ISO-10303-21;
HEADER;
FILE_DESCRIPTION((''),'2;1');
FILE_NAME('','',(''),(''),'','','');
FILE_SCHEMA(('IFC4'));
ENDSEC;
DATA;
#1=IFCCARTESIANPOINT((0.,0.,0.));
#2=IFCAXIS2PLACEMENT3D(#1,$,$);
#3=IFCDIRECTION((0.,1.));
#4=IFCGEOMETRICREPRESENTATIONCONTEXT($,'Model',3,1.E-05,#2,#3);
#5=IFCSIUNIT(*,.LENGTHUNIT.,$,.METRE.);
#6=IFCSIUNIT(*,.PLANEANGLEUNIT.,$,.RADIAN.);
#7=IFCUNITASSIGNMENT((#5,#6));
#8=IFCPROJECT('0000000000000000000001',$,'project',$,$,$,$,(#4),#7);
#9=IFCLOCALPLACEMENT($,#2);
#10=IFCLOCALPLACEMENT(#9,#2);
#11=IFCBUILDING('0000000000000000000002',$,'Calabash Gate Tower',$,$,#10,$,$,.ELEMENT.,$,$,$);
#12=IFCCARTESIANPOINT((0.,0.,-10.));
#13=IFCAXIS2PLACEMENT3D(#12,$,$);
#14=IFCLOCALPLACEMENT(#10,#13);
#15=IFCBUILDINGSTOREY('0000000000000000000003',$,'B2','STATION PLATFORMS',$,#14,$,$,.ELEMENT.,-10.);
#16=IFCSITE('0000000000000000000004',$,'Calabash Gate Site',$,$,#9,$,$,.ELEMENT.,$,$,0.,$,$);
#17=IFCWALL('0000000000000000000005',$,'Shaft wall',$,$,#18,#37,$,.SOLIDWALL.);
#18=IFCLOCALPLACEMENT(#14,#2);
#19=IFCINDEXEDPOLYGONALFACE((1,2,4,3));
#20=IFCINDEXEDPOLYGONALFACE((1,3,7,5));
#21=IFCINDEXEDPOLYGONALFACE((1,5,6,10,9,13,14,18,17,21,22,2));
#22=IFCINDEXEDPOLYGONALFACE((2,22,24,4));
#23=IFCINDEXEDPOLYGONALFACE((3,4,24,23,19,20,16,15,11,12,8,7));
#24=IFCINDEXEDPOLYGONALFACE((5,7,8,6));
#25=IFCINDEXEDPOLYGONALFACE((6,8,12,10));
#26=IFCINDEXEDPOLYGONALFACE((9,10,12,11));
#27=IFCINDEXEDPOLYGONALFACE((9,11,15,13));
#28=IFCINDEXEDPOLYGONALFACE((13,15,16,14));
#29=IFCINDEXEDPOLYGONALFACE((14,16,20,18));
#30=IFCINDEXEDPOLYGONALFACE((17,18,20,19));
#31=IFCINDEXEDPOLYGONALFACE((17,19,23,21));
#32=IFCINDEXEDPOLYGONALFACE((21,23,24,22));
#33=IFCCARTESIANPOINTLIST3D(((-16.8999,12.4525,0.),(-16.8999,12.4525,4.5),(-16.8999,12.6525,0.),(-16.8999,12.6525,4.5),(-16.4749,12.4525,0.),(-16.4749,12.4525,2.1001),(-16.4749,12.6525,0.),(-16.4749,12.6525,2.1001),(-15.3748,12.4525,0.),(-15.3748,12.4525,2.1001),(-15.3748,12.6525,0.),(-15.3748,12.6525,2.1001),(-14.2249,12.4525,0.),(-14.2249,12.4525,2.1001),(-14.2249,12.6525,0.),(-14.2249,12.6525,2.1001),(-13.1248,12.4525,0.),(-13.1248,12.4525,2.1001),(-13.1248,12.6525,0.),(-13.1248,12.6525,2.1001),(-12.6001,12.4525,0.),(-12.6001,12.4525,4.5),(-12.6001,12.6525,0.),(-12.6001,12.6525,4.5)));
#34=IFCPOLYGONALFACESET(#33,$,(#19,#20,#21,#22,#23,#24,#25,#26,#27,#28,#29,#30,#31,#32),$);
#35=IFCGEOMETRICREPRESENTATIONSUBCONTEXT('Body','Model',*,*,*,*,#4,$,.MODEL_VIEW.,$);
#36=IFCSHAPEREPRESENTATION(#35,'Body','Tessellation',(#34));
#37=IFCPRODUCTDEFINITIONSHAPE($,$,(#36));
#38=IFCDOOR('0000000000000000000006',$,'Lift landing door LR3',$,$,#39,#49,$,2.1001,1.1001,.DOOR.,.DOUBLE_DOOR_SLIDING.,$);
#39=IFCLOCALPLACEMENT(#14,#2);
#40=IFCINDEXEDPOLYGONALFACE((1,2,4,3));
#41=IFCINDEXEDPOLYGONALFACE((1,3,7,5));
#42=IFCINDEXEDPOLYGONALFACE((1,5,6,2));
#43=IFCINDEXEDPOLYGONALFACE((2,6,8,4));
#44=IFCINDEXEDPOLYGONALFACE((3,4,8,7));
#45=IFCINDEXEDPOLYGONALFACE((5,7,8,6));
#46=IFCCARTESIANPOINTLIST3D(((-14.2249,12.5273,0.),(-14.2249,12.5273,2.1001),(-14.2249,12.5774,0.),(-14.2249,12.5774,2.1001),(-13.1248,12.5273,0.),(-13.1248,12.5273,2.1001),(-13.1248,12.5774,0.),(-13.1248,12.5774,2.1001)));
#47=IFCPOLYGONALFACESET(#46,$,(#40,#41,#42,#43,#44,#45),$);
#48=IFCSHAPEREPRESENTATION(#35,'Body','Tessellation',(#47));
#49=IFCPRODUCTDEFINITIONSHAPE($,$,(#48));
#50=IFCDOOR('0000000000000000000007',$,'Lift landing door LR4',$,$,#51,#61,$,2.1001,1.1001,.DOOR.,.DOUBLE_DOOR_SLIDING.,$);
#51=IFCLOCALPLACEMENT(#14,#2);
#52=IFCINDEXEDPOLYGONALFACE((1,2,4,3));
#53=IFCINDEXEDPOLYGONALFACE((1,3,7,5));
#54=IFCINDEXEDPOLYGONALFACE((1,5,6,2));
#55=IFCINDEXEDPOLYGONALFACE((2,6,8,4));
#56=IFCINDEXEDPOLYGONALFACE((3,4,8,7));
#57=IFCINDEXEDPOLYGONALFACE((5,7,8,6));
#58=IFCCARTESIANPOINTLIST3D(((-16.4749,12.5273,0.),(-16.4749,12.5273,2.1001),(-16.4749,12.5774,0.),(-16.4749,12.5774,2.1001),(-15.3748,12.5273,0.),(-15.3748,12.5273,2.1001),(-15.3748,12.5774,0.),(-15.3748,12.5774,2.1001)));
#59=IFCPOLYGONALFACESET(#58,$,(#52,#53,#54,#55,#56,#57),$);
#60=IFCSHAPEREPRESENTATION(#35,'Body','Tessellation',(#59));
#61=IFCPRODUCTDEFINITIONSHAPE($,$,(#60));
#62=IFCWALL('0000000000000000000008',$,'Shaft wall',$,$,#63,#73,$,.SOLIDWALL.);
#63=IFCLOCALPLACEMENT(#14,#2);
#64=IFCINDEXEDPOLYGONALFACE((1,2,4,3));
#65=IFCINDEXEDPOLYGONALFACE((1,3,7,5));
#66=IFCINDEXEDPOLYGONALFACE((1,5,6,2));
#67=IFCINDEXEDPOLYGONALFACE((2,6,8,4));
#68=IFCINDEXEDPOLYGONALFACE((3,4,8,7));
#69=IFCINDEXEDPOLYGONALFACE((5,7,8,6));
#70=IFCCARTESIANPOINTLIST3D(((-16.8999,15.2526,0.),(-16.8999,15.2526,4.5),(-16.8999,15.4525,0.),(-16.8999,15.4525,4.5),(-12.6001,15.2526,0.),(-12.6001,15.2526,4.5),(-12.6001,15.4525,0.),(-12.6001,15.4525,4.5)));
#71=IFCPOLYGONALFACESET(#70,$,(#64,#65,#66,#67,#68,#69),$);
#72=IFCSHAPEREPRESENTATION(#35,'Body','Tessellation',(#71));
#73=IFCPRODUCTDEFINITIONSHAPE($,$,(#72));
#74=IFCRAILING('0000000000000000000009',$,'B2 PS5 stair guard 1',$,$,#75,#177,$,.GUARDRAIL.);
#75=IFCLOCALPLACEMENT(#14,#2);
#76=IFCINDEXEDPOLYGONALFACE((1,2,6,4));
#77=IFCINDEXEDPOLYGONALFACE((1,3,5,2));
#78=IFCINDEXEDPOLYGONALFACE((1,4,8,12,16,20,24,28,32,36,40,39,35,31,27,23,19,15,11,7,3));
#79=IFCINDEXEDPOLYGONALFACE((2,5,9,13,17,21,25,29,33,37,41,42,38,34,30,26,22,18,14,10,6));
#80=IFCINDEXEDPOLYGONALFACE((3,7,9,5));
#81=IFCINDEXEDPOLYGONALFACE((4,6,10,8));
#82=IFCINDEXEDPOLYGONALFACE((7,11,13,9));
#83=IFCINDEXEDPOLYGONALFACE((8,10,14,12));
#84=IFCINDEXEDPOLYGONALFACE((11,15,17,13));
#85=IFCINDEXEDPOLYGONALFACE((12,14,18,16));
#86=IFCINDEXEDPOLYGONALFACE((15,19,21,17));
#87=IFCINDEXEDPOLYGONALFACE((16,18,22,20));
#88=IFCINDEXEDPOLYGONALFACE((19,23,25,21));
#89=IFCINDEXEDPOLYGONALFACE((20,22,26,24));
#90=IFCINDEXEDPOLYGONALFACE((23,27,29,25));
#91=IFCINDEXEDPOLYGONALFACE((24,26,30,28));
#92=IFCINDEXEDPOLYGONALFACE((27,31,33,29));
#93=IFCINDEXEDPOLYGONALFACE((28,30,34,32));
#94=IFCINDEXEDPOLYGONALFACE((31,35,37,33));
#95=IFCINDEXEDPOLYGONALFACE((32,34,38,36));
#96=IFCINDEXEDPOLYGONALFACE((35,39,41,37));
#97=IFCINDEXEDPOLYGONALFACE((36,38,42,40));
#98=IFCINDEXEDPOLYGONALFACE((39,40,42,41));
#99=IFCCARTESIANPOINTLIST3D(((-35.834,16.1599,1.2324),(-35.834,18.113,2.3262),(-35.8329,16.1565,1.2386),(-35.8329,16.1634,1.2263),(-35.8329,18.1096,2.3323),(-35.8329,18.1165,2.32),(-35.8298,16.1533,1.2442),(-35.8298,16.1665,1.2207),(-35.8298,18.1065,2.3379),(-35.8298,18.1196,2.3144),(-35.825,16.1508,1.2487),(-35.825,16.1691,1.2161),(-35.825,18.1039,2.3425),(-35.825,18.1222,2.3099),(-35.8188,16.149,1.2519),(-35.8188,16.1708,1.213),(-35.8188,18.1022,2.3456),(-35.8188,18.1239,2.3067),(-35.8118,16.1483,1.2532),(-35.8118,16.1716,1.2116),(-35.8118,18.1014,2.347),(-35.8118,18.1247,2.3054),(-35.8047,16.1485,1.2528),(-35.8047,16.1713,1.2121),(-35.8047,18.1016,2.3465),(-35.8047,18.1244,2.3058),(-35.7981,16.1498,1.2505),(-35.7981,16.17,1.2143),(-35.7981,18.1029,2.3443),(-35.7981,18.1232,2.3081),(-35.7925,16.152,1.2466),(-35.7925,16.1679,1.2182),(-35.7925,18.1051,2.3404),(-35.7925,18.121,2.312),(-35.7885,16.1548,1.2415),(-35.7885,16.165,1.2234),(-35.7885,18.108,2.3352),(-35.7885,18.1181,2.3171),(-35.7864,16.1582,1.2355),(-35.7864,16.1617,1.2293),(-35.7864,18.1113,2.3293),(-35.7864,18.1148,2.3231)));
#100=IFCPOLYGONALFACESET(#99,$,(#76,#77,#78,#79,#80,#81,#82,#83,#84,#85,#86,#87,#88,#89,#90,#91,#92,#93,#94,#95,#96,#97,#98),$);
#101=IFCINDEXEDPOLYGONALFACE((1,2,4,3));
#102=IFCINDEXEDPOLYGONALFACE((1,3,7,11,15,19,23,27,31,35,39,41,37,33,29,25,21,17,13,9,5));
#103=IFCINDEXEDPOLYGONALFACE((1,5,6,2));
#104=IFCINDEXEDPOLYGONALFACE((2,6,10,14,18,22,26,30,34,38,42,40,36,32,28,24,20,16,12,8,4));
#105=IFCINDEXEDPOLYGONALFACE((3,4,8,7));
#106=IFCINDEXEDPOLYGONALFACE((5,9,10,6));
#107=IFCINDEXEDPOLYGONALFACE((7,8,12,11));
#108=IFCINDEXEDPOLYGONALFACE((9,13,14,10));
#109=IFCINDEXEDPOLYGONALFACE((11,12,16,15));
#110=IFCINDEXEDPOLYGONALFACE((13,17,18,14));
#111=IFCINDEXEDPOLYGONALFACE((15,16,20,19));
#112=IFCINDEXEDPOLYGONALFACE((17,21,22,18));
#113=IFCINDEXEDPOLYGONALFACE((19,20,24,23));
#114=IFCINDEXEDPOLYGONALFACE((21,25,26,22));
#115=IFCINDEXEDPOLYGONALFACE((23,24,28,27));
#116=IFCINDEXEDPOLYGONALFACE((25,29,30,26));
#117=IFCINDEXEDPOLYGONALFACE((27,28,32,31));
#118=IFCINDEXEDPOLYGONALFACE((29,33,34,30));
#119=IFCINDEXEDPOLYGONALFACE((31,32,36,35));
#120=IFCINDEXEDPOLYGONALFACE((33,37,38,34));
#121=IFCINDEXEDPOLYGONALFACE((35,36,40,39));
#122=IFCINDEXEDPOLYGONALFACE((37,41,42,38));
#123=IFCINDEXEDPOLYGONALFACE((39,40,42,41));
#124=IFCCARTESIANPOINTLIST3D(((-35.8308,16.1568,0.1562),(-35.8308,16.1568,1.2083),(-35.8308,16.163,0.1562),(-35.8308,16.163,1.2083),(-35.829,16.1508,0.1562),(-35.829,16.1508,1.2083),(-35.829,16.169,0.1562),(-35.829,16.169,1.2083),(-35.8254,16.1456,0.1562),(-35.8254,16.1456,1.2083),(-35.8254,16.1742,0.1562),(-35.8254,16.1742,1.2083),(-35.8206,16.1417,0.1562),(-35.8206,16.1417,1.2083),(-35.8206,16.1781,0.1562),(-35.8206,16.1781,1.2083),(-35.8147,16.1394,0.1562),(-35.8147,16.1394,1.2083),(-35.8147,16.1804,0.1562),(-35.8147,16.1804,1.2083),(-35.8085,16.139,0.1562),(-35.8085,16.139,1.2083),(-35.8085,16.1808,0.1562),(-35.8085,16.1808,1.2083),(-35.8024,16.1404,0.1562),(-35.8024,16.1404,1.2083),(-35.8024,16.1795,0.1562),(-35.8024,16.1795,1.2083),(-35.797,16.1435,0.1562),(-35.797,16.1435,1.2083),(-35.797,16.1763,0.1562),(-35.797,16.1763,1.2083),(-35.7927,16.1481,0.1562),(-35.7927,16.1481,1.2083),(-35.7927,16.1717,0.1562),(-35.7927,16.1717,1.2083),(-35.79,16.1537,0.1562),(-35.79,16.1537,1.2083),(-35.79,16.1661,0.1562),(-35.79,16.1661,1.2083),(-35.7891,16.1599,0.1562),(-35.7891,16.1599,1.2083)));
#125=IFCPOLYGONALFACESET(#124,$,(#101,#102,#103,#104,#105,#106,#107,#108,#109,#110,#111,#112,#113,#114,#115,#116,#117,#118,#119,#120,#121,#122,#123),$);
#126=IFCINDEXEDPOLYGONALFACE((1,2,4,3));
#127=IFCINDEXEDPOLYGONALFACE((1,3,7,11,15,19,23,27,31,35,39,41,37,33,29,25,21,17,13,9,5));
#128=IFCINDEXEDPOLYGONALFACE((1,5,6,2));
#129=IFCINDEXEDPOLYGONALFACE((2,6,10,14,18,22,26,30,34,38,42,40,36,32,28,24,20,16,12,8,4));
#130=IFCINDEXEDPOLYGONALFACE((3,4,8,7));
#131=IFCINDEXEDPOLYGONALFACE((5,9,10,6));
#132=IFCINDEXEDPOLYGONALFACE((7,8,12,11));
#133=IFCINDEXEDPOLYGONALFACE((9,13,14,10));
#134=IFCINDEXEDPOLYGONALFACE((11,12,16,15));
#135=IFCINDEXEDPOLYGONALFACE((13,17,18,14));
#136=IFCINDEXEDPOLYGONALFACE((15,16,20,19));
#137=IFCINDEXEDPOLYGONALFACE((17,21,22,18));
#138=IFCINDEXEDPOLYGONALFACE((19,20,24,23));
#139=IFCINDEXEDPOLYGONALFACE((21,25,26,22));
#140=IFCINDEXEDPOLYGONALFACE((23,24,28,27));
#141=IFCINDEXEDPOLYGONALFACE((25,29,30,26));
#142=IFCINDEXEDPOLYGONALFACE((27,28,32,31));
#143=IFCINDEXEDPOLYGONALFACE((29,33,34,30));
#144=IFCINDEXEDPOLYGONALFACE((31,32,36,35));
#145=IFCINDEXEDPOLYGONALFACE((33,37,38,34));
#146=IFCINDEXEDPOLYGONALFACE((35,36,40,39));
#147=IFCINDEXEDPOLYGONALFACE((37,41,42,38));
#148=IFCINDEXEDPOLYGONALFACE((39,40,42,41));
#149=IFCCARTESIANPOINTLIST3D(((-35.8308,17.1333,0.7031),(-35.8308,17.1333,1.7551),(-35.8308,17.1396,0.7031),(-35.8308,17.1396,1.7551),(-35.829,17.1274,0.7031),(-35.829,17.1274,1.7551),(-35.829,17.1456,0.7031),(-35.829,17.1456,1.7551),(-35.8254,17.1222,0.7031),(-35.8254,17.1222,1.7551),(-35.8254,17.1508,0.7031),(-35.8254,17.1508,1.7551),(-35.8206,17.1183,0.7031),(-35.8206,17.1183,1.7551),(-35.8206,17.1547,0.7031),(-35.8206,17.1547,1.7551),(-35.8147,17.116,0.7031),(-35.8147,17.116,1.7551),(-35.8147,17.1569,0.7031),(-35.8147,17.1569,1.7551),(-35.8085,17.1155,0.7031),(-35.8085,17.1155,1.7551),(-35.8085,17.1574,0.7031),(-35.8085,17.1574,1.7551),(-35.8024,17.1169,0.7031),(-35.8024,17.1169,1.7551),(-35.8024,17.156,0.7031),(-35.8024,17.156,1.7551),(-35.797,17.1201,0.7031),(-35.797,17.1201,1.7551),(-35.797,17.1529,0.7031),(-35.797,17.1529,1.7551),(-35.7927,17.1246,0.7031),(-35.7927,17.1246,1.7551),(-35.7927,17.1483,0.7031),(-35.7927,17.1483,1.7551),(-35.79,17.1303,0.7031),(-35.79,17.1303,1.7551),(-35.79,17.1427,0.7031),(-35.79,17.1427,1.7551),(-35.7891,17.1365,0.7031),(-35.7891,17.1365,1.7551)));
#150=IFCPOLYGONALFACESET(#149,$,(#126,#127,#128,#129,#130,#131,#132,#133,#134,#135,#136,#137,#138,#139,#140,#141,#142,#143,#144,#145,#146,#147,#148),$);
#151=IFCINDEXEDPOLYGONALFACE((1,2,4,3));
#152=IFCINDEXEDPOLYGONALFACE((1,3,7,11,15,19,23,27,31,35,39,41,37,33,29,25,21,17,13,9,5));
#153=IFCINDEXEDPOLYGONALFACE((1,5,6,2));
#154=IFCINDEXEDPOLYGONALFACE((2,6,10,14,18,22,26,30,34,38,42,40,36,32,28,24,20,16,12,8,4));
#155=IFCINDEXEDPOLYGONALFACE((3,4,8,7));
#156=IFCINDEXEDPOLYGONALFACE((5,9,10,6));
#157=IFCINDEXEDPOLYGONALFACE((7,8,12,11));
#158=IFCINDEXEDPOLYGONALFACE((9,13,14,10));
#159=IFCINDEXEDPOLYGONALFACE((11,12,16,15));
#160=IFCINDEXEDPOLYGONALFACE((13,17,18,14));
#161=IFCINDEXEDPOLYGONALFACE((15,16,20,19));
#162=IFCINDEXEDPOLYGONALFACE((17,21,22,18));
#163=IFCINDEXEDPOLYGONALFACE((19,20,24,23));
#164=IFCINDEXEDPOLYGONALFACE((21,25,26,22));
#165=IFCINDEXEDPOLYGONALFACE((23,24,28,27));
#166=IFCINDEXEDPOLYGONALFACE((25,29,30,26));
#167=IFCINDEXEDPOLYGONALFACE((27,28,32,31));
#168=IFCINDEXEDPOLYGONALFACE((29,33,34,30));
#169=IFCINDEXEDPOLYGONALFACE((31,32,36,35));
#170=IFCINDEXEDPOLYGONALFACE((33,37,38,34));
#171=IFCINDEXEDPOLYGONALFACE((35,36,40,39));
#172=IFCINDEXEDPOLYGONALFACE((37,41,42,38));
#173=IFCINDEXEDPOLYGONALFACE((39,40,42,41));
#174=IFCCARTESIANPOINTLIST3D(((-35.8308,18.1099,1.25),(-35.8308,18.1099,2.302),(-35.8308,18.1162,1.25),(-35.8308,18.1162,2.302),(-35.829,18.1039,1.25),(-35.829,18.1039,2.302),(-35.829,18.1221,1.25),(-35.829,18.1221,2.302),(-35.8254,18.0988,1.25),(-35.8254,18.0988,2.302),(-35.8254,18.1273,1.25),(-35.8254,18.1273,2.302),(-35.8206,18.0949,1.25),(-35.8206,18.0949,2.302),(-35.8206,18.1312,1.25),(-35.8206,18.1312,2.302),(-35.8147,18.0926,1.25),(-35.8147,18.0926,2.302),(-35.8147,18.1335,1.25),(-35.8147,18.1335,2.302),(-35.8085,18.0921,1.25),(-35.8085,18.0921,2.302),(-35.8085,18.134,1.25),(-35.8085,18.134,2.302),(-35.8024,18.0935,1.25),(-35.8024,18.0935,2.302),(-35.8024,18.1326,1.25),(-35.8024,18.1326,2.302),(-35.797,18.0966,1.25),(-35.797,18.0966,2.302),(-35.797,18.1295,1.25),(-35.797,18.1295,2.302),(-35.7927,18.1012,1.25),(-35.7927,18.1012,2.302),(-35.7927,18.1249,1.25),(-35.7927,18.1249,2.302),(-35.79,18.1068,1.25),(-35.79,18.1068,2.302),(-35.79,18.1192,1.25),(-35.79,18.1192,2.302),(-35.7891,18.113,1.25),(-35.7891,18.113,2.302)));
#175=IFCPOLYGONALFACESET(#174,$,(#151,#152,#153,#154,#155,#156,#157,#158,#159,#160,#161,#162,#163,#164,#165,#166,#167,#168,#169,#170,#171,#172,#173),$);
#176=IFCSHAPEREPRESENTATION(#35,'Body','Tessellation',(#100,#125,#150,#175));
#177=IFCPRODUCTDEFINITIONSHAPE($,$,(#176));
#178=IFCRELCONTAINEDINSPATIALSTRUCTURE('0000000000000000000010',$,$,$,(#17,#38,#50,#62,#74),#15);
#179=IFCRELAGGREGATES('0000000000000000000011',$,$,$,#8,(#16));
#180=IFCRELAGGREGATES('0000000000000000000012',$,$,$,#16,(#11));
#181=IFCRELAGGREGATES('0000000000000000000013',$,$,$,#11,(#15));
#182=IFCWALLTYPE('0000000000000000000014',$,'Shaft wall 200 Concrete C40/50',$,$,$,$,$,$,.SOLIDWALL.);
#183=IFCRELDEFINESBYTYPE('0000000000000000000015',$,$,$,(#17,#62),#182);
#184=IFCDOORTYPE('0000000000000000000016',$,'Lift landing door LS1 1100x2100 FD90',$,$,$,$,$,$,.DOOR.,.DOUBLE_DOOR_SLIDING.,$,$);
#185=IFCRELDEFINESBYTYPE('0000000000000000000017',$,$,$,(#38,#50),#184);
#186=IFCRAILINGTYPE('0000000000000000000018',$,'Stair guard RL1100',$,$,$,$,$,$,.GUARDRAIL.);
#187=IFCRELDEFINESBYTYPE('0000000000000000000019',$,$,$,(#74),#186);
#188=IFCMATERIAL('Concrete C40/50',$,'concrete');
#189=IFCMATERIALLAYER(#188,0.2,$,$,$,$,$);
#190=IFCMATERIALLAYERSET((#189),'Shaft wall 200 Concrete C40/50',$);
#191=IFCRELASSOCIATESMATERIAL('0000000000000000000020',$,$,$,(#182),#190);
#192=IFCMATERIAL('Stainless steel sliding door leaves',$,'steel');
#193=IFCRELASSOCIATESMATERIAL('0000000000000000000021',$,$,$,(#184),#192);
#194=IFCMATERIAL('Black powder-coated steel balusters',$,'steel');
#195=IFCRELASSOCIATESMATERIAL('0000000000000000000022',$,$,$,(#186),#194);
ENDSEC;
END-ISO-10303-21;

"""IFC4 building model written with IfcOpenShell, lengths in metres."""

from ifc_helpers import new_model, si_unit, direction, frame, frame_2d, origin, origin_2d, place, context, subcontext, project, spatial, rectangle, circle, extrude, material, layer, layer_set, type_object, element, fill, save


model = new_model("IFC4")

# Units and contexts
model_context = context("Model", 3, precision=1e-05, world=origin(), true_north=direction((0.0, 1.0)))
body_context = subcontext(model_context, "Body", "Model", "MODEL_VIEW")
ifc_project = project(units=[si_unit("LENGTHUNIT", "METRE"), si_unit("PLANEANGLEUNIT", "RADIAN")], contexts=[model_context])

# Site, building, storey
site_placement = place(None, origin())
site = spatial("IfcSite", under=ifc_project, at=site_placement, Name="Calabash Gate Site", CompositionType="ELEMENT", RefElevation=0.0)
building_placement = place(site_placement, origin())
building = spatial("IfcBuilding", under=site, at=building_placement, Name="Calabash Gate Tower", CompositionType="ELEMENT")
storey_placement = place(building_placement, frame((0.0, 0.0, -10.0)))
storey = spatial("IfcBuildingStorey", under=building, at=storey_placement, Name="B2", Description="STATION PLATFORMS", CompositionType="ELEMENT", Elevation=-10.0)

# Wall, openings, doors
ifc_material_1 = material(Name="Concrete C40/50", Category="concrete")
ifc_layer_1 = layer(ifc_material_1, 0.2)
ifc_layer_set_1 = layer_set([ifc_layer_1], Name="Shaft wall 200 Concrete C40/50")
wall_type_1 = type_object("IfcWallType", Name="Shaft wall 200 Concrete C40/50", PredefinedType="SOLIDWALL", material=ifc_layer_set_1)
ifc_material_2 = material(Name="Stainless steel sliding door leaves", Category="steel")
door_type_1 = type_object("IfcDoorType", Name="Lift landing door LS1 1100x2100 FD90", OperationType="DOUBLE_DOOR_SLIDING", PredefinedType="DOOR", material=ifc_material_2)
wall_1_placement = place(storey_placement, frame((-16.8999, 12.5525, 0.0), z_axis=(0.0, 0.0, 1.0), x_axis=(1.0, 0.0, 0.0)))
wall_1 = element("IfcWall", 1, at=wall_1_placement, inside=storey, type_object=wall_type_1, Name="Shaft wall", PredefinedType="SOLIDWALL", context=body_context, shape_type="SweptSolid", body=[
    extrude(rectangle(XDim=4.2998, YDim=0.2, at=frame_2d((2.1499, 0.0))), origin(), (0.0, 0.0, 1.0), 4.5),
])
opening_1_placement = place(wall_1_placement, frame((2.675, 0.0, 0.0)))
opening_1 = element("IfcOpeningElement", 2, at=opening_1_placement, cuts=wall_1, PredefinedType="OPENING", context=body_context, shape_type="SweptSolid", body=[
    extrude(rectangle(XDim=1.1001, YDim=2.1001, at=frame_2d((0.55, 1.05))), frame((0.0, 0.1099, 0.0), z_axis=(0.0, -1.0, 0.0), x_axis=(1.0, 0.0, 0.0)), (0.0, 0.0, 1.0), 0.22),
])
opening_2_placement = place(wall_1_placement, frame((0.425, 0.0, 0.0)))
opening_2 = element("IfcOpeningElement", 3, at=opening_2_placement, cuts=wall_1, PredefinedType="OPENING", context=body_context, shape_type="SweptSolid", body=[
    extrude(rectangle(XDim=1.1001, YDim=2.1001, at=frame_2d((0.55, 1.05))), frame((0.0, 0.1099, 0.0), z_axis=(0.0, -1.0, 0.0), x_axis=(1.0, 0.0, 0.0)), (0.0, 0.0, 1.0), 0.22),
])
door_1_placement = place(opening_1_placement, origin())
door_1 = element("IfcDoor", 4, at=door_1_placement, inside=storey, type_object=door_type_1, Name="Lift landing door LR3", OperationType="DOUBLE_DOOR_SLIDING", OverallHeight=2.1001, OverallWidth=1.1001, PredefinedType="DOOR", context=body_context, shape_type="SweptSolid", body=[
    extrude(rectangle(XDim=1.1001, YDim=2.1001, at=frame_2d((0.55, 1.05))), frame((0.0, 0.0249, 0.0), z_axis=(0.0, -1.0, 0.0), x_axis=(1.0, 0.0, 0.0)), (0.0, 0.0, 1.0), 0.05),
])
fill(opening_1, door_1)
door_2_placement = place(opening_2_placement, origin())
door_2 = element("IfcDoor", 5, at=door_2_placement, inside=storey, type_object=door_type_1, Name="Lift landing door LR4", OperationType="DOUBLE_DOOR_SLIDING", OverallHeight=2.1001, OverallWidth=1.1001, PredefinedType="DOOR", context=body_context, shape_type="SweptSolid", body=[
    extrude(rectangle(XDim=1.1001, YDim=2.1001, at=frame_2d((0.55, 1.05))), frame((0.0, 0.0249, 0.0), z_axis=(0.0, -1.0, 0.0), x_axis=(1.0, 0.0, 0.0)), (0.0, 0.0, 1.0), 0.05),
])
fill(opening_2, door_2)

# Wall
wall_2_placement = place(storey_placement, frame((-16.8999, 15.3525, 0.0), z_axis=(0.0, 0.0, 1.0), x_axis=(1.0, 0.0, 0.0)))
element("IfcWall", 6, at=wall_2_placement, inside=storey, type_object=wall_type_1, Name="Shaft wall", PredefinedType="SOLIDWALL", context=body_context, shape_type="SweptSolid", body=[
    extrude(rectangle(XDim=4.2998, YDim=0.2, at=frame_2d((2.1499, 0.0))), origin(), (0.0, 0.0, 1.0), 4.5),
])

# Railing
ifc_material_3 = material(Name="Black powder-coated steel balusters", Category="steel")
railing_type = type_object("IfcRailingType", Name="Stair guard RL1100", PredefinedType="GUARDRAIL", material=ifc_material_3)
railing_1_placement = place(storey_placement, frame((-35.8101, 16.1599, 0.1562)))
element("IfcRailing", 7, at=railing_1_placement, inside=storey, type_object=railing_type, Name="B2 PS5 stair guard 1", PredefinedType="GUARDRAIL", context=body_context, shape_type="SweptSolid", body=[
    extrude(circle(Radius=0.0239, at=origin_2d()), frame((0.0, 0.0, 1.0762), z_axis=(0.0, 0.872506, 0.488603), x_axis=(-1.0, 0.0, 0.0)), (0.0, 0.0, 1.0), 2.2385),
    extrude(circle(Radius=0.021, at=origin_2d()), origin(), (0.0, 0.0, 1.0), 1.052),
    extrude(circle(Radius=0.021, at=origin_2d()), frame((0.0, 0.9766, 0.5469)), (0.0, 0.0, 1.0), 1.052),
    extrude(circle(Radius=0.021, at=origin_2d()), frame((0.0, 1.9531, 1.0938)), (0.0, 0.0, 1.0), 1.052),
])

save(model, "model.ifc")
